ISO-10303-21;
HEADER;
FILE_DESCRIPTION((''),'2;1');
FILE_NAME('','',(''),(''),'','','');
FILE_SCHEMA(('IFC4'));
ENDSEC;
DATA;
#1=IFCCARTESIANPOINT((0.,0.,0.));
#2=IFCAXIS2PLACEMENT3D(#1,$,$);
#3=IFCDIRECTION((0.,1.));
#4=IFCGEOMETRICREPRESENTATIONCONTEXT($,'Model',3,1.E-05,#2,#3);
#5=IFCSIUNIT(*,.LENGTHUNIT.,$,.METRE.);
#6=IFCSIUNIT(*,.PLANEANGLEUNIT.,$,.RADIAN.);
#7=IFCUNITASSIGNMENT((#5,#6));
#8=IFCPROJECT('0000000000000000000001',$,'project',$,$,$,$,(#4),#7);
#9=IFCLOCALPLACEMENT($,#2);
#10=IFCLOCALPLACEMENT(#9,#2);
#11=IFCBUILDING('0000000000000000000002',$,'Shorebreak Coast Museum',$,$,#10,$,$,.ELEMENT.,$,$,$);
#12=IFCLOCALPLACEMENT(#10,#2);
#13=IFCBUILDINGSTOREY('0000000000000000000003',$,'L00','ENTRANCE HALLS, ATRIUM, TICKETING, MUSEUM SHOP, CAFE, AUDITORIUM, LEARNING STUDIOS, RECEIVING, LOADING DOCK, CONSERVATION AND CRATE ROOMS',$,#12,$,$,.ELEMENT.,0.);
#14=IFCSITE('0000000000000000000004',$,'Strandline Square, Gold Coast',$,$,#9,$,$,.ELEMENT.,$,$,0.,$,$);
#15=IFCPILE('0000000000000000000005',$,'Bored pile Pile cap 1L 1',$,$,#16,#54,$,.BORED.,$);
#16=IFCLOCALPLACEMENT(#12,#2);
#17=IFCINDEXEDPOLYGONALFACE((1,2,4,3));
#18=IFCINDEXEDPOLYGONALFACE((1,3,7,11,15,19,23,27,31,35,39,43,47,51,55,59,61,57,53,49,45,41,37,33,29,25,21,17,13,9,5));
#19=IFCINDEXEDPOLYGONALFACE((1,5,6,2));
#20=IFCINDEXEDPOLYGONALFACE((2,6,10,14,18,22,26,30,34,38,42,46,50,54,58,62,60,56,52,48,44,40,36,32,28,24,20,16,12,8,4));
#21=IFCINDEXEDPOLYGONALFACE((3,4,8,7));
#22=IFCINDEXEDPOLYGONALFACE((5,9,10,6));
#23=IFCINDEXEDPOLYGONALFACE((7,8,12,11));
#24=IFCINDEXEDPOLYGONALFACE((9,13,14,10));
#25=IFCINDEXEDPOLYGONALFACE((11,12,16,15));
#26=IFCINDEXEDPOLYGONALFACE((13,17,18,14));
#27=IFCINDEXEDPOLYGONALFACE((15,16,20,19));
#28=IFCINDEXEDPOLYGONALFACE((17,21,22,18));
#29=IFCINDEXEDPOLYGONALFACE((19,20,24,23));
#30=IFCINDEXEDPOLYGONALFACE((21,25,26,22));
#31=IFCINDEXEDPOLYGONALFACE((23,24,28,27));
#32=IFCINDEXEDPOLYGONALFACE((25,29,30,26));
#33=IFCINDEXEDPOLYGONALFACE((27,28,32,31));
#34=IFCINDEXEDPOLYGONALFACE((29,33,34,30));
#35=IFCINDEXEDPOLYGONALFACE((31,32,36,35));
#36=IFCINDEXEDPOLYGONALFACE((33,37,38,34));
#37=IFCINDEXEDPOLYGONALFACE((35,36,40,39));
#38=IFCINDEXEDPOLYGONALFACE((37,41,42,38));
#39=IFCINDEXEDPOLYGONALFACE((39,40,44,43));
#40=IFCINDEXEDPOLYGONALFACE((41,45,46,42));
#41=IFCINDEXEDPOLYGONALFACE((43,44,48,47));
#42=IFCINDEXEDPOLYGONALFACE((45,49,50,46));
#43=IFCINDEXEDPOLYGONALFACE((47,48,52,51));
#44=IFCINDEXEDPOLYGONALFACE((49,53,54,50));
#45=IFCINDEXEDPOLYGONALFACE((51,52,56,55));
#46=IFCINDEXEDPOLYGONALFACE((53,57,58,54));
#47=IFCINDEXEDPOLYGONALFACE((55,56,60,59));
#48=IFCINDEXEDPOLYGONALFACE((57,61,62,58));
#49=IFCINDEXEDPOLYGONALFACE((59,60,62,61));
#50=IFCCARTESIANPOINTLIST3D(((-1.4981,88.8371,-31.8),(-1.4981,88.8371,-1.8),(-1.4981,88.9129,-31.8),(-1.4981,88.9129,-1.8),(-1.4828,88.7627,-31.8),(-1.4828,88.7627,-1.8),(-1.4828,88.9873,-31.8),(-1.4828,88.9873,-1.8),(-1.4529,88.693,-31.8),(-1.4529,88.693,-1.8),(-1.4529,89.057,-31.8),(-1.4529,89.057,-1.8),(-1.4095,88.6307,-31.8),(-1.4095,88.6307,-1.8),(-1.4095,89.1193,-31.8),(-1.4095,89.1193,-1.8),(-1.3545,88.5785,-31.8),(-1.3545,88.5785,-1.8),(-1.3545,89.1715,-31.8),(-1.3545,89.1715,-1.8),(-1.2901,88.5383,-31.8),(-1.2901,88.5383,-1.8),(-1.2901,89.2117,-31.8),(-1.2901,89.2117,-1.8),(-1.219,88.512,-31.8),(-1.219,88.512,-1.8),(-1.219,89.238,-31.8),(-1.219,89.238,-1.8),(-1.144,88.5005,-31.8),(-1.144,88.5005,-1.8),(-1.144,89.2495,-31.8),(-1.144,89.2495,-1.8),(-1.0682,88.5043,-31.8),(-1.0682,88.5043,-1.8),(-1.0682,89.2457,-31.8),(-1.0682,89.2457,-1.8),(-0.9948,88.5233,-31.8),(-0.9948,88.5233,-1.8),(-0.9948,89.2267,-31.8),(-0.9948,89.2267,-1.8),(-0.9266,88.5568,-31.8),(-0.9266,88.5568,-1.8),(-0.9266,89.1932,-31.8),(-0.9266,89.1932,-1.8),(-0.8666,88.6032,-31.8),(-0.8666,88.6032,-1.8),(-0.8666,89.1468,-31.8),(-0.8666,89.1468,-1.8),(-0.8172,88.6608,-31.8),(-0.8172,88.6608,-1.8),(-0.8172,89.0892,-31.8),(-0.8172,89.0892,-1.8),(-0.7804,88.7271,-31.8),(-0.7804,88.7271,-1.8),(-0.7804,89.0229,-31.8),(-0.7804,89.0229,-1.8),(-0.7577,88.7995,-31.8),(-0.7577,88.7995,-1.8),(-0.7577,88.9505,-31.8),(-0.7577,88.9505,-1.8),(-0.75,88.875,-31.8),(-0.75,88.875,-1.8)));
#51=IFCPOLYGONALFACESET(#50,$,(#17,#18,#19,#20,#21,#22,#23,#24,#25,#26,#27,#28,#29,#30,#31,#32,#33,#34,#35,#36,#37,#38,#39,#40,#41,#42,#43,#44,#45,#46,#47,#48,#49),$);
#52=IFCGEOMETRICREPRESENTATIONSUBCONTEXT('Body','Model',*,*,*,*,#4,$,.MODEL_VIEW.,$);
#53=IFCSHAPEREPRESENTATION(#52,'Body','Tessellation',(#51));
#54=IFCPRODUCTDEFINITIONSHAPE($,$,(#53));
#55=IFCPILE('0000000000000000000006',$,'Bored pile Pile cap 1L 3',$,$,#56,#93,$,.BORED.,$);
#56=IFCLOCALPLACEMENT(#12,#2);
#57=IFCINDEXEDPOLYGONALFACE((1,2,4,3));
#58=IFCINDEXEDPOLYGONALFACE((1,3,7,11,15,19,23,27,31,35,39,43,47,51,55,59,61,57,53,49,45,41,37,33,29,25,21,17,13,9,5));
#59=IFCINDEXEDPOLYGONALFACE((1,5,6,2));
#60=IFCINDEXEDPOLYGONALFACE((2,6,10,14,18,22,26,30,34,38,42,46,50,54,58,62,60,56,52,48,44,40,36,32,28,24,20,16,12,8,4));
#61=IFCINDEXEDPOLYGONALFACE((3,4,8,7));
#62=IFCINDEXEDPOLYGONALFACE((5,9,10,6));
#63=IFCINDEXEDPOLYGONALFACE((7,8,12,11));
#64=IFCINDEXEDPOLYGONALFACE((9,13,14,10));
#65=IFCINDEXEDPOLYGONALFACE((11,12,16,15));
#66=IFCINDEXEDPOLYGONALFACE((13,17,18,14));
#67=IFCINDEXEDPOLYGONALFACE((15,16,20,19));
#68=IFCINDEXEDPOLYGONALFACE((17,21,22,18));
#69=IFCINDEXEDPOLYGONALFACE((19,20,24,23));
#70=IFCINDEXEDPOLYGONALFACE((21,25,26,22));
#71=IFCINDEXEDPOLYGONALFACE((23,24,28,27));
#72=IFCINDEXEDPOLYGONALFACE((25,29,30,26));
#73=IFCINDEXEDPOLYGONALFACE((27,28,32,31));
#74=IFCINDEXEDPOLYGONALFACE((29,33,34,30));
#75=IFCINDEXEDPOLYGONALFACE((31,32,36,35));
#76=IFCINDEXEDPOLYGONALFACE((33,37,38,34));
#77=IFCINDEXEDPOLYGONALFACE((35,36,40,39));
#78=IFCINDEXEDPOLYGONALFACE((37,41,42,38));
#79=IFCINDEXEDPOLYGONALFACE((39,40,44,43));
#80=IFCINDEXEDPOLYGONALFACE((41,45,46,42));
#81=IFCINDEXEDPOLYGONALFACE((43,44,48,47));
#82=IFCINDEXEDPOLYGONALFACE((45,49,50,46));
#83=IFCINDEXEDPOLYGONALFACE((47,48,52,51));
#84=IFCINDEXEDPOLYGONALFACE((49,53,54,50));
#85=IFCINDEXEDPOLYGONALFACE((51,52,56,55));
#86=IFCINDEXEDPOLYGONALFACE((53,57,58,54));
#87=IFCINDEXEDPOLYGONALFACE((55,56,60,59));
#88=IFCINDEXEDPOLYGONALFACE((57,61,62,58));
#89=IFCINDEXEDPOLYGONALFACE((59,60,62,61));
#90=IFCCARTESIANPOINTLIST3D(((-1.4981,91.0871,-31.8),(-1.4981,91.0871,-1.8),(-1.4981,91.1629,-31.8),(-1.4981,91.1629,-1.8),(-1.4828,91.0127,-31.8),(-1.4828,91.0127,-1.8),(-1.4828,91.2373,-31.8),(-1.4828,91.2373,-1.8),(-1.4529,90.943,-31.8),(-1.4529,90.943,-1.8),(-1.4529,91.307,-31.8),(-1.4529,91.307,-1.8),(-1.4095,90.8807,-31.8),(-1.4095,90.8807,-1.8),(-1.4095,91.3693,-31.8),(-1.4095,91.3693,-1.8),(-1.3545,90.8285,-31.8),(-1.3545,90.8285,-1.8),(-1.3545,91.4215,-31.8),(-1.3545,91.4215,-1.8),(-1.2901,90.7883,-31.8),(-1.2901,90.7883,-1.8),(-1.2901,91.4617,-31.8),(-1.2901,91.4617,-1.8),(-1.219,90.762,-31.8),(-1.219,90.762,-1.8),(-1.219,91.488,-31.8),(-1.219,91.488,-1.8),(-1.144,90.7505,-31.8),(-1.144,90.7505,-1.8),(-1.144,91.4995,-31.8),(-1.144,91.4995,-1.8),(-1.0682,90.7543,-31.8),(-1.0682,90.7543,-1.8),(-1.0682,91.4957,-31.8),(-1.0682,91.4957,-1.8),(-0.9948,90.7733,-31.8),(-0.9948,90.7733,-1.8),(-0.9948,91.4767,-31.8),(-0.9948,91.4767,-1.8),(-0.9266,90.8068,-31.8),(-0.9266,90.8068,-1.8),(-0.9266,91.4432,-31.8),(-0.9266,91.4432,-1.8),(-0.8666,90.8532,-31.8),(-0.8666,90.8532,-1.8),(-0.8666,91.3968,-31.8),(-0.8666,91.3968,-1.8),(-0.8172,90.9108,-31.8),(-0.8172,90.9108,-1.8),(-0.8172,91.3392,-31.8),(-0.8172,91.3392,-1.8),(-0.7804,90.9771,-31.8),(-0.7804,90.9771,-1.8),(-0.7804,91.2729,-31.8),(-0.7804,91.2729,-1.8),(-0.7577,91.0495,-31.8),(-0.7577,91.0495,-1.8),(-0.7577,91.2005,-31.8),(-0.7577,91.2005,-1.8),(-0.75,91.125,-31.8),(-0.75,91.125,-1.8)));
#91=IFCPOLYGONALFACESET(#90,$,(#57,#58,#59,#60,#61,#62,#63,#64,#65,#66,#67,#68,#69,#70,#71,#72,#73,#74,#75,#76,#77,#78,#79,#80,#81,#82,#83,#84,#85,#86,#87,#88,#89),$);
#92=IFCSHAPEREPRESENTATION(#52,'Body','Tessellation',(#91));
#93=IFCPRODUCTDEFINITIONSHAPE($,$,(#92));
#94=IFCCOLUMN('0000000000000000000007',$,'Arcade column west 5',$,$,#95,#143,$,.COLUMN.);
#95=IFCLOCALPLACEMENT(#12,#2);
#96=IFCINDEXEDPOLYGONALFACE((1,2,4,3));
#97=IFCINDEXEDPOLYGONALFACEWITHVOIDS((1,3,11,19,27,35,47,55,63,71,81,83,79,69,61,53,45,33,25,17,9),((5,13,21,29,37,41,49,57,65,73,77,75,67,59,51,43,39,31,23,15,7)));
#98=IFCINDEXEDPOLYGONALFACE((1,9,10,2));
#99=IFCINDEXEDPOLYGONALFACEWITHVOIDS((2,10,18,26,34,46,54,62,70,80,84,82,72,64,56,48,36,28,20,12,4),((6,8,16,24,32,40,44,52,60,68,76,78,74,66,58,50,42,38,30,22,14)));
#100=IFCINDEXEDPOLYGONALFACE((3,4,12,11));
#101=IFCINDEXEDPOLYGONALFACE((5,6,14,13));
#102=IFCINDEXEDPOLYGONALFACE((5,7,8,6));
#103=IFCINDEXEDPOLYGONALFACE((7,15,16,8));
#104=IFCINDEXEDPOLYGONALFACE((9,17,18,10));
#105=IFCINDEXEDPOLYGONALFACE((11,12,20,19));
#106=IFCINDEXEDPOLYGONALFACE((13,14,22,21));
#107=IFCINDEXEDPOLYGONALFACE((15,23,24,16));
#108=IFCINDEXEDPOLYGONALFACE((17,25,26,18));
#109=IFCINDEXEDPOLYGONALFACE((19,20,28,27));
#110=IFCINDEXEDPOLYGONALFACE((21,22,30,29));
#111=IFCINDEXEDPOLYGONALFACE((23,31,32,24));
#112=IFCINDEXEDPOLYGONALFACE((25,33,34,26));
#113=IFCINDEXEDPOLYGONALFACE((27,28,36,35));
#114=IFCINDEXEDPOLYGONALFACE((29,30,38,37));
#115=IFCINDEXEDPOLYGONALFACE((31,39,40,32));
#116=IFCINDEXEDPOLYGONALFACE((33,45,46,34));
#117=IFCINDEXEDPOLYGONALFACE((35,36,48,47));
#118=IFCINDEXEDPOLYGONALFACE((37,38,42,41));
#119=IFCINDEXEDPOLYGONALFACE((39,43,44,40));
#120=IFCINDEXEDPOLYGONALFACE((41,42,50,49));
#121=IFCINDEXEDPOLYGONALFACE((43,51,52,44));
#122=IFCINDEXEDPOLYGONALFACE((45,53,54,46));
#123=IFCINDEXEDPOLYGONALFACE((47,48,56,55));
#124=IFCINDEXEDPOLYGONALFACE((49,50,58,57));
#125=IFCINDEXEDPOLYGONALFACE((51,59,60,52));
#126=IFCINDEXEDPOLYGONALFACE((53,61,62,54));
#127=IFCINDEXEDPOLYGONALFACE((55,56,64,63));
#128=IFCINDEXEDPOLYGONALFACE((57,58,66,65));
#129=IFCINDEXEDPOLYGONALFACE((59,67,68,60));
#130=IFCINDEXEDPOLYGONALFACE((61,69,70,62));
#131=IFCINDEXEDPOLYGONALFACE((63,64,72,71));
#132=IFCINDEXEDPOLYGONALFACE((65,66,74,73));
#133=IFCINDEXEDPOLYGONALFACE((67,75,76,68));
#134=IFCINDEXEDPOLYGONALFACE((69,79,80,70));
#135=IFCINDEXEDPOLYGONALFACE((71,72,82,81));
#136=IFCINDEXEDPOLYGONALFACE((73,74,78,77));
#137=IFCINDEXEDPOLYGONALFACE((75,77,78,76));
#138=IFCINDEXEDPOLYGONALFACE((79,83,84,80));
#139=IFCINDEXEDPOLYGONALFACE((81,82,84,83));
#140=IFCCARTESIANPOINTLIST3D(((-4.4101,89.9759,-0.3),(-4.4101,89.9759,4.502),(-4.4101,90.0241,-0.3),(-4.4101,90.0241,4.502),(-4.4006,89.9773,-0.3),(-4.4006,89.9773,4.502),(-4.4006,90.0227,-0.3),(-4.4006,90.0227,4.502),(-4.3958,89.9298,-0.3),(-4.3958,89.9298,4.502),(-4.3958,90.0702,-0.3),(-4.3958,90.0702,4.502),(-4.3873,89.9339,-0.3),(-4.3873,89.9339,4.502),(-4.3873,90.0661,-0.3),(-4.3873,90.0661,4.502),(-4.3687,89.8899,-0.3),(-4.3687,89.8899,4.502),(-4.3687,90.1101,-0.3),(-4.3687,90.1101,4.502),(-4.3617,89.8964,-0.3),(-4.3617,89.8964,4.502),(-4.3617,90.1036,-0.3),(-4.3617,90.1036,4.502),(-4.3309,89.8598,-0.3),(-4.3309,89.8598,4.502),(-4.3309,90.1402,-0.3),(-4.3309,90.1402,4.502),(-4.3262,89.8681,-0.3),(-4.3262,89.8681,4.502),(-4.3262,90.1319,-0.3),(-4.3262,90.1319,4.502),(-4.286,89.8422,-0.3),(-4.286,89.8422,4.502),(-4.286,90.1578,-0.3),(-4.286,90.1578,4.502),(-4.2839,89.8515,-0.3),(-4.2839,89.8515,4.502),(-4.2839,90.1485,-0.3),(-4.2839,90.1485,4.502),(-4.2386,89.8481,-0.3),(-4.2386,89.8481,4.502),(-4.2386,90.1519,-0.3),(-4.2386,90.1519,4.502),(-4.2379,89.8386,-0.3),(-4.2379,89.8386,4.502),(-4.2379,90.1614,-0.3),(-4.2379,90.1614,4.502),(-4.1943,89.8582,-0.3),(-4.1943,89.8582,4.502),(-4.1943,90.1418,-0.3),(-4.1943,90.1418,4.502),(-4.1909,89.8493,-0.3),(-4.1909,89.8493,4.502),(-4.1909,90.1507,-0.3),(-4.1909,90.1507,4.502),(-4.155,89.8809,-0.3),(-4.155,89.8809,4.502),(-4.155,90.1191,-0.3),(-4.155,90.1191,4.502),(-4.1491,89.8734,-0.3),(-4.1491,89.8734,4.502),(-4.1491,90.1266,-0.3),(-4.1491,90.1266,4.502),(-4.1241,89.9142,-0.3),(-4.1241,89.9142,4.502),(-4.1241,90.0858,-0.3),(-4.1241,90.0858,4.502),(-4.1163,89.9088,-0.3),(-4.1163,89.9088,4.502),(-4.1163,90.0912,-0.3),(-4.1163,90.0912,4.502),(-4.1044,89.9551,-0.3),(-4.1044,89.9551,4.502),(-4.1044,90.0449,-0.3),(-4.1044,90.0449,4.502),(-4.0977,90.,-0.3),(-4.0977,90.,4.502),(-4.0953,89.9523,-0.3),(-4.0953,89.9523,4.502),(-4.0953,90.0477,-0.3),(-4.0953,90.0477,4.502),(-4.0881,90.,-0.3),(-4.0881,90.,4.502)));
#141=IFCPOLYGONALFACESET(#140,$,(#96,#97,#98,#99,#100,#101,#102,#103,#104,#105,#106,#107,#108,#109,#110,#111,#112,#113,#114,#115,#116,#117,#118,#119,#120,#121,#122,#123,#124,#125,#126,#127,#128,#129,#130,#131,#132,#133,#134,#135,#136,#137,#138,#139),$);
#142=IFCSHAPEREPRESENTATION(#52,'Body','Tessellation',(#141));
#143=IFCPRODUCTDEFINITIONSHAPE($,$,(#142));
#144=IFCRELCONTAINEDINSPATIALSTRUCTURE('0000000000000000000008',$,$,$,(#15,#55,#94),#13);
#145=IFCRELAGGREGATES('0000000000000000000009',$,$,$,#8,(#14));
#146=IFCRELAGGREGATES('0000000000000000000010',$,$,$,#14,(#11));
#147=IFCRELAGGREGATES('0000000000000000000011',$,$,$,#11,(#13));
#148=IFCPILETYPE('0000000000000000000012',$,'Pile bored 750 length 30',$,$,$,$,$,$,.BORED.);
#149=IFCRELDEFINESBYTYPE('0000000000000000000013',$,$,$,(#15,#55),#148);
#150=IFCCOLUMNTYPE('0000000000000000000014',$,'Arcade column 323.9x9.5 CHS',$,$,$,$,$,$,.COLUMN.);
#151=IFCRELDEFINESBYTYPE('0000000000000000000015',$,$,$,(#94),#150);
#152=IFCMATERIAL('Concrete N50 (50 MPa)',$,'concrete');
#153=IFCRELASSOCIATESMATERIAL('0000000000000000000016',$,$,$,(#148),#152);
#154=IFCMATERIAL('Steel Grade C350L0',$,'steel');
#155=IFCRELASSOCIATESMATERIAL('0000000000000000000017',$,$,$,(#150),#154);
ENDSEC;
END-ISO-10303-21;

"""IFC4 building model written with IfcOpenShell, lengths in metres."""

from ifc_helpers import new_model, si_unit, direction, frame, origin, origin_2d, place, context, subcontext, project, spatial, circle, hollow_circle, extrude, material, material_profile, profile_set, type_object, element, save


model = new_model("IFC4")

# Units and contexts
model_context = context("Model", 3, precision=1e-05, world=origin(), true_north=direction((0.0, 1.0)))
body_context = subcontext(model_context, "Body", "Model", "MODEL_VIEW")
ifc_project = project(units=[si_unit("LENGTHUNIT", "METRE"), si_unit("PLANEANGLEUNIT", "RADIAN")], contexts=[model_context])

# Site, building, storey
site_placement = place(None, origin())
site = spatial("IfcSite", under=ifc_project, at=site_placement, Name="Strandline Square, Gold Coast", CompositionType="ELEMENT", RefElevation=0.0)
building_placement = place(site_placement, origin())
building = spatial("IfcBuilding", under=site, at=building_placement, Name="Shorebreak Coast Museum", CompositionType="ELEMENT")
storey_placement = place(building_placement, origin())
storey = spatial("IfcBuildingStorey", under=building, at=storey_placement, Name="L00", Description="ENTRANCE HALLS, ATRIUM, TICKETING, MUSEUM SHOP, CAFE, AUDITORIUM, LEARNING STUDIOS, RECEIVING, LOADING DOCK, CONSERVATION AND CRATE ROOMS", CompositionType="ELEMENT", Elevation=0.0)

# Piles
ifc_material_1 = material(Name="Concrete N50 (50 MPa)", Category="concrete")
ifc_material_profile_1 = material_profile(ifc_material_1, circle(Radius=0.375, at=origin_2d()), Name="Pile bored 750 length 30")
ifc_profile_set_1 = profile_set([ifc_material_profile_1], Name="Concrete N50 (50 MPa)")
pile_type_1 = type_object("IfcPileType", Name="Pile bored 750 length 30", PredefinedType="BORED", material=ifc_profile_set_1)
for number, where, z_axis, x_axis, name in (
    (1, (-1.125, 88.875, -1.8), (0.0, 0.0, -1.0), (1.0, 0.0, 0.0), "Bored pile Pile cap 1L 1"),
    (2, (-1.125, 91.125, -1.8), (0.0, 0.0, -1.0), (1.0, 0.0, 0.0), "Bored pile Pile cap 1L 3"),
):
    element("IfcPile", number, at=place(storey_placement, frame(where, z_axis=z_axis, x_axis=x_axis)), inside=storey, type_object=pile_type_1, Name=name, PredefinedType="BORED", context=body_context, shape_type="SweptSolid", body=[
        extrude(circle(Radius=0.375, at=origin_2d()), origin(), (0.0, 0.0, 1.0), 30.0),
    ])

# Column
ifc_material_2 = material(Name="Steel Grade C350L0", Category="steel")
ifc_material_profile_2 = material_profile(ifc_material_2, hollow_circle(Radius=0.1619, WallThickness=0.0095, at=origin_2d()), Name="323.9x9.5 CHS")
ifc_profile_set_2 = profile_set([ifc_material_profile_2], Name="Steel Grade C350L0")
column_type_1 = type_object("IfcColumnType", Name="Arcade column 323.9x9.5 CHS", PredefinedType="COLUMN", material=ifc_profile_set_2)
column_1_placement = place(storey_placement, frame((-4.25, 90.0, -0.3), z_axis=(0.0, 0.0, 1.0), x_axis=(1.0, 0.0, 0.0)))
element("IfcColumn", 3, at=column_1_placement, inside=storey, type_object=column_type_1, Name="Arcade column west 5", PredefinedType="COLUMN", context=body_context, shape_type="SweptSolid", body=[
    extrude(hollow_circle(Radius=0.1619, WallThickness=0.0095, at=origin_2d()), origin(), (0.0, 0.0, 1.0), 4.802),
])

save(model, "model.ifc")
